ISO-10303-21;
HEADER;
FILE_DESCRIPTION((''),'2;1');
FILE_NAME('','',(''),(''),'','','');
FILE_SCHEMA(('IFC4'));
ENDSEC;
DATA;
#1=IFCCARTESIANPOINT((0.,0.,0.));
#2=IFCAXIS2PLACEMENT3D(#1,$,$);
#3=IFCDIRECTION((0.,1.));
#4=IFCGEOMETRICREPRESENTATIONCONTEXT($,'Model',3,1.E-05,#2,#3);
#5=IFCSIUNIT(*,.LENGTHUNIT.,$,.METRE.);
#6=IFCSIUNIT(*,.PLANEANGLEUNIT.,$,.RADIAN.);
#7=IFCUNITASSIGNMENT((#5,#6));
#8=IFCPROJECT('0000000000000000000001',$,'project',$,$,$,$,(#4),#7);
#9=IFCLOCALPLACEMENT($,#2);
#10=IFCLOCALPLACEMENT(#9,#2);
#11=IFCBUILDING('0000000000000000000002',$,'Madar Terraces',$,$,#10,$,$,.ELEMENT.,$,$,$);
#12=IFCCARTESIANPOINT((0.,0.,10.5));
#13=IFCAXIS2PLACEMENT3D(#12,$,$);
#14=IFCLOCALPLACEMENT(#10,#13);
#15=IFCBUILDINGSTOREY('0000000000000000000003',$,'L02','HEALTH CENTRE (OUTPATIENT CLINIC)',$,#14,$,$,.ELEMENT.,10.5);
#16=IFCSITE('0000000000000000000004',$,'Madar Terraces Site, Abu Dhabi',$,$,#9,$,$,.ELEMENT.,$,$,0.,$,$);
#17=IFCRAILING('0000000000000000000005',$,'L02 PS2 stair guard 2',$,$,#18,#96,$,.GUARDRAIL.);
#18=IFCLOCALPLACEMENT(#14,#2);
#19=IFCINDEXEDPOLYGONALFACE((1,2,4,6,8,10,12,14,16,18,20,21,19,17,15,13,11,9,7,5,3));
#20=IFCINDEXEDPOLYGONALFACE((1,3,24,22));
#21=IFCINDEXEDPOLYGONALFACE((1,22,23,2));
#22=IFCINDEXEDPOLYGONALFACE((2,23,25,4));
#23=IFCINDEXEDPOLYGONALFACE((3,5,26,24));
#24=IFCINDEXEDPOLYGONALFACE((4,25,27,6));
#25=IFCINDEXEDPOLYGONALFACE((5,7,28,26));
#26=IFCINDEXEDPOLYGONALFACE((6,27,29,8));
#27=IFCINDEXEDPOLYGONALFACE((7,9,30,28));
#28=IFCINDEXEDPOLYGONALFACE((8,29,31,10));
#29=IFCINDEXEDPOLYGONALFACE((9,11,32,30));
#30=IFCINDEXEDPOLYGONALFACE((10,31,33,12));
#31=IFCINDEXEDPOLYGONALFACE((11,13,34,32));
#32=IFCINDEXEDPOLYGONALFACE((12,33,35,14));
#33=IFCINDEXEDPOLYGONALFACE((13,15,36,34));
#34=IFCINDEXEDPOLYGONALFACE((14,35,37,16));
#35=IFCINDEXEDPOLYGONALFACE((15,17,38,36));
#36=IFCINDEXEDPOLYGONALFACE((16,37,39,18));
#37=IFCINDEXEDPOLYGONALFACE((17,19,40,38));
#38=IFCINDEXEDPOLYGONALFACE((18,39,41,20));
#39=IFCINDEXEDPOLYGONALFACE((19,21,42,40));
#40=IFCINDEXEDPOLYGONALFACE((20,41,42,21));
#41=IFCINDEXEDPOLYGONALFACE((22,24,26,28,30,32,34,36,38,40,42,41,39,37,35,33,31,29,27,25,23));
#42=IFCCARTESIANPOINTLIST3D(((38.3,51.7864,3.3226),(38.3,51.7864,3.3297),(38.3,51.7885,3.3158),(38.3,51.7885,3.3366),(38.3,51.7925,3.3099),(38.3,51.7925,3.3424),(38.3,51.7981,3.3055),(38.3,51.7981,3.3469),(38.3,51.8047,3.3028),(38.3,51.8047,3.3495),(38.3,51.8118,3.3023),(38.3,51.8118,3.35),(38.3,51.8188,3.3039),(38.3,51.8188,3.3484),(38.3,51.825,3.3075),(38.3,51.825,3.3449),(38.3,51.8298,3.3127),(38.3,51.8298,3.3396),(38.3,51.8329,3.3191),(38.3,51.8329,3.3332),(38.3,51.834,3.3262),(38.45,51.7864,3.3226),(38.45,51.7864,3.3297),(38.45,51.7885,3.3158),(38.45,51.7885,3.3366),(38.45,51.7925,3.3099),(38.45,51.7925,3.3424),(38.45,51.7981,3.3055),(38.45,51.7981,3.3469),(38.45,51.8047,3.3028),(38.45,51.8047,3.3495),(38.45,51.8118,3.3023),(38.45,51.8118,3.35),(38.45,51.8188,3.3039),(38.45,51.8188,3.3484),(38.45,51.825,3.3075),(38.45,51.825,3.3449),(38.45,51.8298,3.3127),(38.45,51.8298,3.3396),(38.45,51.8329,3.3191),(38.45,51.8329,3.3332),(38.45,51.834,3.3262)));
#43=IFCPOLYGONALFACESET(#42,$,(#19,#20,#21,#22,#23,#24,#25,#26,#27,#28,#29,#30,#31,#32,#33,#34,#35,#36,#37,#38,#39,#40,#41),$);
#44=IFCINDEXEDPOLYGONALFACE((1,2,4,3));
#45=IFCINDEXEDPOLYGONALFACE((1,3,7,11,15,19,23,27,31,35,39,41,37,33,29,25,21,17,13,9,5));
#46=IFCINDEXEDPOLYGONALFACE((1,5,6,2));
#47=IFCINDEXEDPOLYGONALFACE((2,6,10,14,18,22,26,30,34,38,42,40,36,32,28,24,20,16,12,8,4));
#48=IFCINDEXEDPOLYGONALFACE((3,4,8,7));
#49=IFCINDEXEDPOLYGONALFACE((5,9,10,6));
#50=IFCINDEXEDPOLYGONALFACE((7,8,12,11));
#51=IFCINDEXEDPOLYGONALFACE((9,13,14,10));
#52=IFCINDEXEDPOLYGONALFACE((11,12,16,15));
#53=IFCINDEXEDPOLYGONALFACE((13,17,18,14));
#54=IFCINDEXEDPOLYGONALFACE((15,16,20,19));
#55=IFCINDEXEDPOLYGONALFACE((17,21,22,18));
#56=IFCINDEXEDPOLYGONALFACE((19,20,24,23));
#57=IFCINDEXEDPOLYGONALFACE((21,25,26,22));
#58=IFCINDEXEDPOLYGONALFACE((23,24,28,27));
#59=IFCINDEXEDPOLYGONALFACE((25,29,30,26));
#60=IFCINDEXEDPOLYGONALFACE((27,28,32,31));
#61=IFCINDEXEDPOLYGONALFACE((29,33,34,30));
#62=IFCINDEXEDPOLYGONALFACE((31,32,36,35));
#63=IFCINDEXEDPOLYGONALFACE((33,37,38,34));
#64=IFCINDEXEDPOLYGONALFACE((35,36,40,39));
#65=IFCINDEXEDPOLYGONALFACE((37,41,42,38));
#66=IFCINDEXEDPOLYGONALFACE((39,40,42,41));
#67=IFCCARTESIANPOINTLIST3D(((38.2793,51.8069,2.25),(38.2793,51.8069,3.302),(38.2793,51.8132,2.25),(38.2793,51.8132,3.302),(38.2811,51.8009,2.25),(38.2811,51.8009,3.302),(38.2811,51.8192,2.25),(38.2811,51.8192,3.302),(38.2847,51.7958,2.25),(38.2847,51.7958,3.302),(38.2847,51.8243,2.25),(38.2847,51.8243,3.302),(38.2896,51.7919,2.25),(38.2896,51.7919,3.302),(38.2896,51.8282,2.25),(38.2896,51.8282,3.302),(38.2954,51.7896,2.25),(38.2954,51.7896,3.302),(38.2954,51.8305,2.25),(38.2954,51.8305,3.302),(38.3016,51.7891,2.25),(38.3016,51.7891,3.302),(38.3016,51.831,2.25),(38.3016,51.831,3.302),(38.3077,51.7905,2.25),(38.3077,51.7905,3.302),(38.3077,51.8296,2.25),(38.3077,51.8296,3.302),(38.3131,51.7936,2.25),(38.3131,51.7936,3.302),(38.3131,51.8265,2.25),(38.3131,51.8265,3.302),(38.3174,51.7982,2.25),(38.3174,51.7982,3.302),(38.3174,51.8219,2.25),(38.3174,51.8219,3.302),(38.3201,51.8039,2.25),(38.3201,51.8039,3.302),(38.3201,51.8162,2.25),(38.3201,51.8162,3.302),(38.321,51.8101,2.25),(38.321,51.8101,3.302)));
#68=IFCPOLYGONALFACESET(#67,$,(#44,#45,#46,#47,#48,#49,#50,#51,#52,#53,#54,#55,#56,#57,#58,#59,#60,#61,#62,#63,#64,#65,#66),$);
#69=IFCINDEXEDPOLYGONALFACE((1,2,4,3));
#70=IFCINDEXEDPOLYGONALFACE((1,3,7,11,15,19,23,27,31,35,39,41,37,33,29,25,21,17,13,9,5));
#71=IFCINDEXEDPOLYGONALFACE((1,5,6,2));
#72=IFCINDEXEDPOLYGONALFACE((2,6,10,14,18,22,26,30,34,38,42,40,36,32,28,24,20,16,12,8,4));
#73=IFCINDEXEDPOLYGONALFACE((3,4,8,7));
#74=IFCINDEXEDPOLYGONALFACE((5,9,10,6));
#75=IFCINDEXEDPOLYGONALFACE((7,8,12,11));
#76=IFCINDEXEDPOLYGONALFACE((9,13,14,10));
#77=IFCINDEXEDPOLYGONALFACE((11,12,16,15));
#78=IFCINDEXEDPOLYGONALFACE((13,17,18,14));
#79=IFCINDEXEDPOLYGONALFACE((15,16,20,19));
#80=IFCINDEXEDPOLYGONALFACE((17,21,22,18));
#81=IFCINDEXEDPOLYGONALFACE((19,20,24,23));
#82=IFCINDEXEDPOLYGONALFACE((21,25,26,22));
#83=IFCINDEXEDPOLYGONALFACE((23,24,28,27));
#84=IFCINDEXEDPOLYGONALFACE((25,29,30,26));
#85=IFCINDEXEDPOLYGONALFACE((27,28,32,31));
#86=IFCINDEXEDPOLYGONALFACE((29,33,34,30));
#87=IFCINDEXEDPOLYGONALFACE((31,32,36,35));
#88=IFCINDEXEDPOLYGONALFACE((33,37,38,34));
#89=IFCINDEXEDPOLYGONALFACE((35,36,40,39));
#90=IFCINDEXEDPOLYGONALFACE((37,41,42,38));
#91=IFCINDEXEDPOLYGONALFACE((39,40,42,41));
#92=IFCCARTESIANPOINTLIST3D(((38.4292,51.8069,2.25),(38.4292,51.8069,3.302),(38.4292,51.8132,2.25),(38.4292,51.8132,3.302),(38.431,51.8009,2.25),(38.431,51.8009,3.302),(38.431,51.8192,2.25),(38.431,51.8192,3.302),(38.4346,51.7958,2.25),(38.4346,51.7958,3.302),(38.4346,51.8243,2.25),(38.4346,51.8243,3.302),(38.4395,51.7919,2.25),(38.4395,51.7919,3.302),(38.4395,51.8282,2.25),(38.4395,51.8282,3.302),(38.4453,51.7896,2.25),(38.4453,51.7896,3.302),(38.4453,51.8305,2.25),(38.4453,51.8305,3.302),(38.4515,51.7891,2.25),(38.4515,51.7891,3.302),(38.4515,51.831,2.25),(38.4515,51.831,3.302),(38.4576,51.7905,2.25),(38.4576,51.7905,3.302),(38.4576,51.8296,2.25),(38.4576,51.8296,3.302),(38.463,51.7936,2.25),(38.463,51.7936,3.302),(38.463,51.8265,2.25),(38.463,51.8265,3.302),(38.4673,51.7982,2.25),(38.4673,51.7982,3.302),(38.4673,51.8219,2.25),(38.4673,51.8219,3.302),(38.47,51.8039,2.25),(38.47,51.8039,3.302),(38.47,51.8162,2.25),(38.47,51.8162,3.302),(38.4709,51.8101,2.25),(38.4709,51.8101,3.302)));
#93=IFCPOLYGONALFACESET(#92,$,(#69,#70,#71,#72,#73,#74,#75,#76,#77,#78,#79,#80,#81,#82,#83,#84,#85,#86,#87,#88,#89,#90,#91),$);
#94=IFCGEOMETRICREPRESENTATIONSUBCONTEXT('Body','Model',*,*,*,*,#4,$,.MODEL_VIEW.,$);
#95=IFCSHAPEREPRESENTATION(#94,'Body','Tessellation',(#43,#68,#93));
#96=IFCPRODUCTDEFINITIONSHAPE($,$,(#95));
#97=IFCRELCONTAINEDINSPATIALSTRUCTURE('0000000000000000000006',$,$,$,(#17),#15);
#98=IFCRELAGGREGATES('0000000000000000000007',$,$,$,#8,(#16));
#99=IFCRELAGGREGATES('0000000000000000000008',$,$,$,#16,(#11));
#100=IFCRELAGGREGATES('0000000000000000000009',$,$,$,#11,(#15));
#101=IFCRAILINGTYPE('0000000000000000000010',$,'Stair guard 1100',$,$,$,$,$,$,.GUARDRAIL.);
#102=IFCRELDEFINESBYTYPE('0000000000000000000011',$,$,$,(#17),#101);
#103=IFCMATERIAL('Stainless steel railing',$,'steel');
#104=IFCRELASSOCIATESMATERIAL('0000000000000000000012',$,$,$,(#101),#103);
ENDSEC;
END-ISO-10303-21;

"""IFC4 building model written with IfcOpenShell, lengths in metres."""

from ifc_helpers import new_model, si_unit, direction, frame, origin, origin_2d, place, context, subcontext, project, spatial, circle, extrude, material, type_object, element, save


model = new_model("IFC4")

# Units and contexts
model_context = context("Model", 3, precision=1e-05, world=origin(), true_north=direction((0.0, 1.0)))
body_context = subcontext(model_context, "Body", "Model", "MODEL_VIEW")
ifc_project = project(units=[si_unit("LENGTHUNIT", "METRE"), si_unit("PLANEANGLEUNIT", "RADIAN")], contexts=[model_context])

# Site, building, storey
site_placement = place(None, origin())
site = spatial("IfcSite", under=ifc_project, at=site_placement, Name="Madar Terraces Site, Abu Dhabi", CompositionType="ELEMENT", RefElevation=0.0)
building_placement = place(site_placement, origin())
building = spatial("IfcBuilding", under=site, at=building_placement, Name="Madar Terraces", CompositionType="ELEMENT")
storey_placement = place(building_placement, frame((0.0, 0.0, 10.5)))
storey = spatial("IfcBuildingStorey", under=building, at=storey_placement, Name="L02", Description="HEALTH CENTRE (OUTPATIENT CLINIC)", CompositionType="ELEMENT", Elevation=10.5)

# Railing
ifc_material_1 = material(Name="Stainless steel railing", Category="steel")
railing_type_1 = type_object("IfcRailingType", Name="Stair guard 1100", PredefinedType="GUARDRAIL", material=ifc_material_1)
for number, where, name in (
    (1, (38.3, 51.8101, 2.25), "L02 PS2 stair guard 2"),
):
    element("IfcRailing", number, at=place(storey_placement, frame(where)), inside=storey, type_object=railing_type_1, Name=name, PredefinedType="GUARDRAIL", context=body_context, shape_type="SweptSolid", body=[
        extrude(circle(Radius=0.0239, at=origin_2d()), frame((0.0, 0.0, 1.0762), z_axis=(1.0, 0.0, 0.0), x_axis=(0.0, 1.0, 0.0)), (0.0, 0.0, 1.0), 0.1499),
        extrude(circle(Radius=0.021, at=origin_2d()), origin(), (0.0, 0.0, 1.0), 1.052),
        extrude(circle(Radius=0.021, at=origin_2d()), frame((0.1499, 0.0, 0.0)), (0.0, 0.0, 1.0), 1.052),
    ])

save(model, "model.ifc")
